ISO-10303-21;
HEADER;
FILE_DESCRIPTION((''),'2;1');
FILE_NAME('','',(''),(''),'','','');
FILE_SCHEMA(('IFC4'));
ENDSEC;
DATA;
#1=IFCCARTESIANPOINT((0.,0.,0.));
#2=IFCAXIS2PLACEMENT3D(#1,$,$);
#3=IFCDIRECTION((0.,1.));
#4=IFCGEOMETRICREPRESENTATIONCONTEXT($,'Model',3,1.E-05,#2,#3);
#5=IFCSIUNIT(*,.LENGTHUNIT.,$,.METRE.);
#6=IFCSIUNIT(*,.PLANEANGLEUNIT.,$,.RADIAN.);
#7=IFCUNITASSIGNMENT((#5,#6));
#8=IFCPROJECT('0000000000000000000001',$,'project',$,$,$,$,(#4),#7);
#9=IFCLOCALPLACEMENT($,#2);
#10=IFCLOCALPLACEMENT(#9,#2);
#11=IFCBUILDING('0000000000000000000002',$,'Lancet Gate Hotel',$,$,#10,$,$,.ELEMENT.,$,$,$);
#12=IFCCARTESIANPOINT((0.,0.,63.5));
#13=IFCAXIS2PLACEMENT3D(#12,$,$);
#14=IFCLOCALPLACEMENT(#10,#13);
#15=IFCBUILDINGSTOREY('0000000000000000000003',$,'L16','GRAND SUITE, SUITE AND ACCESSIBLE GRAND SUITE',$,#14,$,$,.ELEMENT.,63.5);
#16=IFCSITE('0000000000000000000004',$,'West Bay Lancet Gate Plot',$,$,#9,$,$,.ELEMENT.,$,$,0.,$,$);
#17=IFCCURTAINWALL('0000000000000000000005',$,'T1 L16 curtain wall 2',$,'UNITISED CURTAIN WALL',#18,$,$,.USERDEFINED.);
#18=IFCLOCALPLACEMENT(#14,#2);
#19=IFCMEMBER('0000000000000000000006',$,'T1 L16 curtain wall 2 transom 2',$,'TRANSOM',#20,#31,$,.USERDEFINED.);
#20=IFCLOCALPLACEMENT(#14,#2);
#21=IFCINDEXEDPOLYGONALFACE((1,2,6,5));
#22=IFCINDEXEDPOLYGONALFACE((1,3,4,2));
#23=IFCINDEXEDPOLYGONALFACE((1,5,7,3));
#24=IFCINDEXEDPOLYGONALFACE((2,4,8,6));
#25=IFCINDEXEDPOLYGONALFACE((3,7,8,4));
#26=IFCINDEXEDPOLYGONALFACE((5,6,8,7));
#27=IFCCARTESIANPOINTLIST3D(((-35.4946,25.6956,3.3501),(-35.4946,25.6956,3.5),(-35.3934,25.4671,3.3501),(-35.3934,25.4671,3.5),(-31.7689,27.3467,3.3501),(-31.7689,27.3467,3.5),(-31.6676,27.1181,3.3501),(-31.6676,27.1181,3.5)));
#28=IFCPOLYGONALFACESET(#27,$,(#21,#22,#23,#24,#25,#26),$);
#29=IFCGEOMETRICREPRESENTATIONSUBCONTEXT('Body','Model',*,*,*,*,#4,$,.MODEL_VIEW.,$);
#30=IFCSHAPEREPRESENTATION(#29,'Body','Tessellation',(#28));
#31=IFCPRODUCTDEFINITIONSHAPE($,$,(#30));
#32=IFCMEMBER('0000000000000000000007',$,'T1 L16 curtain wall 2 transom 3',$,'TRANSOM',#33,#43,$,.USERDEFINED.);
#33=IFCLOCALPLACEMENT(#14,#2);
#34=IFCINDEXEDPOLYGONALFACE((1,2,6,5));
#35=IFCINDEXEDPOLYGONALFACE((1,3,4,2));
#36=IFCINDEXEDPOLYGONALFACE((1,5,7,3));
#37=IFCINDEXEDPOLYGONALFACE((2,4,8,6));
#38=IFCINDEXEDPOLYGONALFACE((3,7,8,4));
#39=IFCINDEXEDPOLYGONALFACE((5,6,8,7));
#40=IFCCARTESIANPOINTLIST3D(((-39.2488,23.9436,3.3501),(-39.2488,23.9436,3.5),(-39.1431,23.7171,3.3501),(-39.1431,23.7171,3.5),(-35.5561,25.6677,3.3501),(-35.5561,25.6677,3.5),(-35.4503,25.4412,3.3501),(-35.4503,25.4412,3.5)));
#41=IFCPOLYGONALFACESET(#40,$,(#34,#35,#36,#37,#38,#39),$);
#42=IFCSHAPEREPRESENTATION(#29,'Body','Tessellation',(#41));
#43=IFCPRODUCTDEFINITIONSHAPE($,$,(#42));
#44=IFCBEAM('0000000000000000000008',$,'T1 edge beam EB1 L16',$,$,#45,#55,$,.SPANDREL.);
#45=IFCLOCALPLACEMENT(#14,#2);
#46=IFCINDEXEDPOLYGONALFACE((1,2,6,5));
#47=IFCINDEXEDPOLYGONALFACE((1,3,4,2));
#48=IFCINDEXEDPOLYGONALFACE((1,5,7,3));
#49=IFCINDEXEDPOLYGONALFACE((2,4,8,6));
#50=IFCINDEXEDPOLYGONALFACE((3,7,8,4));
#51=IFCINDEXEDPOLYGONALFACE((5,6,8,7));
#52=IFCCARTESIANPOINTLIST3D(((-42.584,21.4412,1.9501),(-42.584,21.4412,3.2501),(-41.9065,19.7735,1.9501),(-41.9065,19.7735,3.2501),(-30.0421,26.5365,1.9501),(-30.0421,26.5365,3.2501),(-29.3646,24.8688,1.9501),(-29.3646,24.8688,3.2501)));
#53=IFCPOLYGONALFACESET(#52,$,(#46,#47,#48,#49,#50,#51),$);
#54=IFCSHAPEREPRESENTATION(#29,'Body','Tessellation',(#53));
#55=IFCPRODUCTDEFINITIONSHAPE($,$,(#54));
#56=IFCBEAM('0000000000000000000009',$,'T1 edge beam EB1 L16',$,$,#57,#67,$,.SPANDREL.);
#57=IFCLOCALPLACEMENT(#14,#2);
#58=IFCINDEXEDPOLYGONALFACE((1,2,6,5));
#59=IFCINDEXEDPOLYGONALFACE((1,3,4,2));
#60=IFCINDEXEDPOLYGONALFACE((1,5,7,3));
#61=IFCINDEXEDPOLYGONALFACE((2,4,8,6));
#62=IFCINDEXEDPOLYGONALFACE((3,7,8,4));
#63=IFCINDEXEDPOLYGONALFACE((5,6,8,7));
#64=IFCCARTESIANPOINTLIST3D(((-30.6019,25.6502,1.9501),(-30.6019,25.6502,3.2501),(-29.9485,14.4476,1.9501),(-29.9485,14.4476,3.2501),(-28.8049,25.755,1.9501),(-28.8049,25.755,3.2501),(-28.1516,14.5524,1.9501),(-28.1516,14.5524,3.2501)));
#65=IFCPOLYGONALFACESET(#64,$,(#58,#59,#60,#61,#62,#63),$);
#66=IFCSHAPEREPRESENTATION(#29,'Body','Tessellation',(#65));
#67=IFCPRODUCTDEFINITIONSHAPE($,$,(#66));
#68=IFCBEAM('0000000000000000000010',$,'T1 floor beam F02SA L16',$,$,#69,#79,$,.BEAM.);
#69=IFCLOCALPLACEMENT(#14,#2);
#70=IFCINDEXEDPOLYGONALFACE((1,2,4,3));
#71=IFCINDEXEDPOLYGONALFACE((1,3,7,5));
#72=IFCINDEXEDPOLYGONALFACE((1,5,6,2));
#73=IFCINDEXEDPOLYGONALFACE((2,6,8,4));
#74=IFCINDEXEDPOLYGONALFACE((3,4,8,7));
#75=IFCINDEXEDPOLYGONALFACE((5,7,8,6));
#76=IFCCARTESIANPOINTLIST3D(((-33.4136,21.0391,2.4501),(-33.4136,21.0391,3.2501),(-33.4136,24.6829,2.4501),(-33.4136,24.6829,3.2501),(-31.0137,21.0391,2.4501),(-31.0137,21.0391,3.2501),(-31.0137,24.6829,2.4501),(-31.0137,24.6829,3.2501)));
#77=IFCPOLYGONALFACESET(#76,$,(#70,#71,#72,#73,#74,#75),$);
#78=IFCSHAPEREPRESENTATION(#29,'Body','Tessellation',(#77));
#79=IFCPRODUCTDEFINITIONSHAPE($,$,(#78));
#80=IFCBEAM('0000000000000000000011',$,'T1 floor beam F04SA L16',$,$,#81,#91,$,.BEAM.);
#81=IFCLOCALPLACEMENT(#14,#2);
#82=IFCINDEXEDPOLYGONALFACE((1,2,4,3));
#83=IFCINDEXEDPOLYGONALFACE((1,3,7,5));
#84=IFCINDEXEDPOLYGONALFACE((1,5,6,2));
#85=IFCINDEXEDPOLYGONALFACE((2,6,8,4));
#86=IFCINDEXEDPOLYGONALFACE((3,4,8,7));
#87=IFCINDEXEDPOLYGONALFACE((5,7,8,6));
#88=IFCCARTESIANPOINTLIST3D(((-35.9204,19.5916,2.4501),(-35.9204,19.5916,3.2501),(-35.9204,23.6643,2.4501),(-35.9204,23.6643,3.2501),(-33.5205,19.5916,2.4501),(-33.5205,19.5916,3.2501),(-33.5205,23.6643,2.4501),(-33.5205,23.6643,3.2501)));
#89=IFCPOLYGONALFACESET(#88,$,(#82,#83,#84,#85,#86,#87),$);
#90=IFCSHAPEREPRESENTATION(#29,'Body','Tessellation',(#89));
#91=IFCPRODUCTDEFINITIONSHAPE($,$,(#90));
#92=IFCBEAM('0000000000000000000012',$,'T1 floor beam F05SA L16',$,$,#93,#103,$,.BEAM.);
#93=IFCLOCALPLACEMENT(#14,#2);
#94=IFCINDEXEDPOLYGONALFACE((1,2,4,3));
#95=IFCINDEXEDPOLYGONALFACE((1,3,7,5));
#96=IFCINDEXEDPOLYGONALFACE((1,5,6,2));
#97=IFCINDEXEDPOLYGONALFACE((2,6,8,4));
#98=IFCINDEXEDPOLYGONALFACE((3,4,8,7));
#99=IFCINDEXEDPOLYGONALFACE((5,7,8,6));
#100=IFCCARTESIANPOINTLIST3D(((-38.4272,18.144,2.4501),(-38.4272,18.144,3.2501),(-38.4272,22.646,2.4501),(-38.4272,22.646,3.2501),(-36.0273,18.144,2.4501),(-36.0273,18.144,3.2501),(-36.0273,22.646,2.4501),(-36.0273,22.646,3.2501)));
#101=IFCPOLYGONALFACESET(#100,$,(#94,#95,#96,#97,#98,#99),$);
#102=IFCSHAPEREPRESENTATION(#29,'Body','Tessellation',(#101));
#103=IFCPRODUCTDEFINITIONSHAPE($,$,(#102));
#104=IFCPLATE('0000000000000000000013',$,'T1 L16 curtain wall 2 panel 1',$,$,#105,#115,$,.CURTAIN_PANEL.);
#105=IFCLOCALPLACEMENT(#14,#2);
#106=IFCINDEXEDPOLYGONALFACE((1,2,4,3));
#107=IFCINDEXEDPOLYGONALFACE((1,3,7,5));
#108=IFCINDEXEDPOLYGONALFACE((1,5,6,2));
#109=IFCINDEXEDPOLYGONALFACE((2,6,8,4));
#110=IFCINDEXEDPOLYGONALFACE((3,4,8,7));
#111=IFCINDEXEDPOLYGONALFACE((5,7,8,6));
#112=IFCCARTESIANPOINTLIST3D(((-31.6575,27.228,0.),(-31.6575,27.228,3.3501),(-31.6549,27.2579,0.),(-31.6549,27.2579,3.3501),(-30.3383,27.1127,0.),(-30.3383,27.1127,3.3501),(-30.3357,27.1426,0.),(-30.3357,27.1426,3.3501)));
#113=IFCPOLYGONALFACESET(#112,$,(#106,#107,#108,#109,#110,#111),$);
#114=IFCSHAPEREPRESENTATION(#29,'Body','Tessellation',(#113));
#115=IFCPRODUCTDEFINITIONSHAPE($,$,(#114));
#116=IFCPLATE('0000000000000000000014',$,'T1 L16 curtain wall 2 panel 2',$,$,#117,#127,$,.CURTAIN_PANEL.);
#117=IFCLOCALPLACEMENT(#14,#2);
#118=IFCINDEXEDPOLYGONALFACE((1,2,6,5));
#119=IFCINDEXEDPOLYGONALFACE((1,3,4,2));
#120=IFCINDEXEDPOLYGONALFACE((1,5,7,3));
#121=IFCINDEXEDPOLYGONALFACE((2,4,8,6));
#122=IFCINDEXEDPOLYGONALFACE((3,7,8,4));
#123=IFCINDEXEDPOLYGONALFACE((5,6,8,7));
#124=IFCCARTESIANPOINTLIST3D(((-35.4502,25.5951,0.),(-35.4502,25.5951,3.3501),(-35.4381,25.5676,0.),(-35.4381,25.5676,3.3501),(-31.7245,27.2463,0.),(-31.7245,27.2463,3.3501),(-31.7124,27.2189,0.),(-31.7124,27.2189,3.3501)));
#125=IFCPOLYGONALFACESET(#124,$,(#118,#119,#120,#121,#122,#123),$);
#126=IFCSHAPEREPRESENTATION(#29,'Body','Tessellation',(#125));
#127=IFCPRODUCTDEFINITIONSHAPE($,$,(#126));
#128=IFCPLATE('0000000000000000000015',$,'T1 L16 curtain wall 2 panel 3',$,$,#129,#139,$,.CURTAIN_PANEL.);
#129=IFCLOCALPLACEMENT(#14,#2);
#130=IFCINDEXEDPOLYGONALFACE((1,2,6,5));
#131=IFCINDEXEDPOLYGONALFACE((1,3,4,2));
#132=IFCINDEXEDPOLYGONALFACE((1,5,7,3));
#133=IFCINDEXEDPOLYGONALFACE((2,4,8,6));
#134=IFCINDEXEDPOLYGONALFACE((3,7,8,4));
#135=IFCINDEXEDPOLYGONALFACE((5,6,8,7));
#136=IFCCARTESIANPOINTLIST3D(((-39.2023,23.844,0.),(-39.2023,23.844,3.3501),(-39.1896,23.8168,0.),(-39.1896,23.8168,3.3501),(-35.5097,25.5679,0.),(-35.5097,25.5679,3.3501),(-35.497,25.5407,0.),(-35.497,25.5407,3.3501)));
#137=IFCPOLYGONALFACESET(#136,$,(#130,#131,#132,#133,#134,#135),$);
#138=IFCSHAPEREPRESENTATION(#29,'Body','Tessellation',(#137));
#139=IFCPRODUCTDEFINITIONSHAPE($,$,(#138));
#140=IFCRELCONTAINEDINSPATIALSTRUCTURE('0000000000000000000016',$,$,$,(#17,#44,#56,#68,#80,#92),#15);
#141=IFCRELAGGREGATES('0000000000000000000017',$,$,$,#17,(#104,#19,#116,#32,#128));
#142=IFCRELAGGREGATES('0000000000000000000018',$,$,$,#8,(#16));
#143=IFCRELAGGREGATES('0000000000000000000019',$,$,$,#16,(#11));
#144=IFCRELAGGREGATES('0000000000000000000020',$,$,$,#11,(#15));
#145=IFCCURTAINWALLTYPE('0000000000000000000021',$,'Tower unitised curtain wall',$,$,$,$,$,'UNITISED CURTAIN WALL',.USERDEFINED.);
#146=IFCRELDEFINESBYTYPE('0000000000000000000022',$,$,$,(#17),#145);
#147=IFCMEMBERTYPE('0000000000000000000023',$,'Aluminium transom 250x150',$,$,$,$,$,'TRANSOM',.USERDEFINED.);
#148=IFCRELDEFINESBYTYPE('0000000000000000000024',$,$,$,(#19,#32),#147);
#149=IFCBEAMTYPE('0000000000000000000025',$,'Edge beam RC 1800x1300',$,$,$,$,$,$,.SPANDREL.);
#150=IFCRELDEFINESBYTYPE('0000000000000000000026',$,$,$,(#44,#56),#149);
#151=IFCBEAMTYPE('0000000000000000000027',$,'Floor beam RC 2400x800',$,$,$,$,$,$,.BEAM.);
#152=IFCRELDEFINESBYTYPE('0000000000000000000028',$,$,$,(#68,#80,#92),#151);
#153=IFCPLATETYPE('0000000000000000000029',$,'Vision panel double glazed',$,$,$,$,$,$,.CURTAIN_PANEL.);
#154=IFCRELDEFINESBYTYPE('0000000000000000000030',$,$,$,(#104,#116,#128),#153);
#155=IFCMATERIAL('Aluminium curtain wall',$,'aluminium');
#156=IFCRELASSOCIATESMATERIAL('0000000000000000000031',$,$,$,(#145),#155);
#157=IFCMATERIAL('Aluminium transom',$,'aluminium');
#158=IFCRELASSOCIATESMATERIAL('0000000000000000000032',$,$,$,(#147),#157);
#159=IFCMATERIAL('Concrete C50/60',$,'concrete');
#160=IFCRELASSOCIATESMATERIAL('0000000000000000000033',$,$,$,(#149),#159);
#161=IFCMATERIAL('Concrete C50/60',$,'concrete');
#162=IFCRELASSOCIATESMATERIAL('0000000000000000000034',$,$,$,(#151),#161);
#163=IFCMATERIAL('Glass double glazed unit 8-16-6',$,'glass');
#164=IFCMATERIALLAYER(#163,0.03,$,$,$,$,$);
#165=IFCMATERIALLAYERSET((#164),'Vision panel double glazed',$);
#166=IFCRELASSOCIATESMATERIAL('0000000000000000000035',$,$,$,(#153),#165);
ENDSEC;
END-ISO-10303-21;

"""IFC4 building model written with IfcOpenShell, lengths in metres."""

from ifc_helpers import new_model, si_unit, direction, frame, origin, origin_2d, place, context, subcontext, project, spatial, rectangle, extrude, material, layer, layer_set, material_profile, profile_set, type_object, element, aggregate, save


model = new_model("IFC4")

# Units and contexts
model_context = context("Model", 3, precision=1e-05, world=origin(), true_north=direction((0.0, 1.0)))
body_context = subcontext(model_context, "Body", "Model", "MODEL_VIEW")
ifc_project = project(units=[si_unit("LENGTHUNIT", "METRE"), si_unit("PLANEANGLEUNIT", "RADIAN")], contexts=[model_context])

# Site, building, storey
site_placement = place(None, origin())
site = spatial("IfcSite", under=ifc_project, at=site_placement, Name="West Bay Lancet Gate Plot", CompositionType="ELEMENT", RefElevation=0.0)
building_placement = place(site_placement, origin())
building = spatial("IfcBuilding", under=site, at=building_placement, Name="Lancet Gate Hotel", CompositionType="ELEMENT")
storey_placement = place(building_placement, frame((0.0, 0.0, 63.5)))
storey = spatial("IfcBuildingStorey", under=building, at=storey_placement, Name="L16", Description="GRAND SUITE, SUITE AND ACCESSIBLE GRAND SUITE", CompositionType="ELEMENT", Elevation=63.5)

# Curtain wall, members
ifc_material_1 = material(Name="Aluminium curtain wall", Category="aluminium")
curtain_wall_type = type_object("IfcCurtainWallType", Name="Tower unitised curtain wall", ElementType="UNITISED CURTAIN WALL", PredefinedType="USERDEFINED", material=ifc_material_1)
curtain_wall_placement = place(storey_placement, origin())
curtain_wall = element("IfcCurtainWall", 1, at=curtain_wall_placement, inside=storey, type_object=curtain_wall_type, Name="T1 L16 curtain wall 2", ObjectType="UNITISED CURTAIN WALL", PredefinedType="USERDEFINED")
ifc_material_2 = material(Name="Aluminium transom", Category="aluminium")
ifc_material_profile_1 = material_profile(ifc_material_2, rectangle(XDim=0.25, YDim=0.1499, at=origin_2d()), Name="TRANSOM 250x150")
ifc_profile_set_1 = profile_set([ifc_material_profile_1], Name="Aluminium transom")
member_type_1 = type_object("IfcMemberType", Name="Aluminium transom 250x150", ElementType="TRANSOM", PredefinedType="USERDEFINED", material=ifc_profile_set_1)
member_1_placement = place(storey_placement, frame((-31.7183, 27.2324, 3.425), z_axis=(-0.914248, -0.405154, 0.0), x_axis=(0.405154, -0.914248, 0.0)))
member_1 = element("IfcMember", 2, at=member_1_placement, type_object=member_type_1, Name="T1 L16 curtain wall 2 transom 2", ObjectType="TRANSOM", PredefinedType="USERDEFINED", context=body_context, shape_type="SweptSolid", body=[
    extrude(rectangle(XDim=0.25, YDim=0.1499, at=origin_2d()), origin(), (0.0, 0.0, 1.0), 4.0752),
])
member_2_placement = place(storey_placement, frame((-35.5032, 25.5544, 3.425), z_axis=(-0.90611, -0.423043, 0.0), x_axis=(0.423043, -0.90611, 0.0)))
member_2 = element("IfcMember", 3, at=member_2_placement, type_object=member_type_1, Name="T1 L16 curtain wall 2 transom 3", ObjectType="TRANSOM", PredefinedType="USERDEFINED", context=body_context, shape_type="SweptSolid", body=[
    extrude(rectangle(XDim=0.25, YDim=0.1499, at=origin_2d()), origin(), (0.0, 0.0, 1.0), 4.0754),
])

# Beams
ifc_material_3 = material(Name="Concrete C50/60", Category="concrete")
ifc_material_profile_2 = material_profile(ifc_material_3, rectangle(XDim=1.8, YDim=1.3, at=origin_2d()), Name="RC 1800x1300")
ifc_profile_set_2 = profile_set([ifc_material_profile_2], Name="Concrete C50/60")
beam_type_1 = type_object("IfcBeamType", Name="Edge beam RC 1800x1300", PredefinedType="SPANDREL", material=ifc_profile_set_2)
beam_1_placement = place(storey_placement, frame((-29.7034, 25.7026, 2.6001), z_axis=(-0.926463, -0.376385, 0.0), x_axis=(0.376385, -0.926463, 0.0)))
element("IfcBeam", 4, at=beam_1_placement, inside=storey, type_object=beam_type_1, Name="T1 edge beam EB1 L16", PredefinedType="SPANDREL", context=body_context, shape_type="SweptSolid", body=[
    extrude(rectangle(XDim=1.8, YDim=1.3, at=origin_2d()), origin(), (0.0, 0.0, 1.0), 13.5374),
])
beam_2_placement = place(storey_placement, frame((-29.7034, 25.7026, 2.6001), z_axis=(0.05822, -0.998304, 0.0), x_axis=(0.998304, 0.05822, 0.0)))
element("IfcBeam", 5, at=beam_2_placement, inside=storey, type_object=beam_type_1, Name="T1 edge beam EB1 L16", PredefinedType="SPANDREL", context=body_context, shape_type="SweptSolid", body=[
    extrude(rectangle(XDim=1.8, YDim=1.3, at=origin_2d()), origin(), (0.0, 0.0, 1.0), 11.2217),
])
ifc_material_4 = material(Name="Concrete C50/60", Category="concrete")
ifc_material_profile_3 = material_profile(ifc_material_4, rectangle(XDim=2.3999, YDim=0.8, at=origin_2d()), Name="RC 2400x800")
ifc_profile_set_3 = profile_set([ifc_material_profile_3], Name="Concrete C50/60")
beam_type_2 = type_object("IfcBeamType", Name="Floor beam RC 2400x800", PredefinedType="BEAM", material=ifc_profile_set_3)
beam_3_placement = place(storey_placement, frame((-32.2136, 24.6829, 2.8501), z_axis=(0.0, -1.0, 0.0), x_axis=(1.0, 0.0, 0.0)))
element("IfcBeam", 6, at=beam_3_placement, inside=storey, type_object=beam_type_2, Name="T1 floor beam F02SA L16", PredefinedType="BEAM", context=body_context, shape_type="SweptSolid", body=[
    extrude(rectangle(XDim=2.3999, YDim=0.8, at=origin_2d()), origin(), (0.0, 0.0, 1.0), 3.6438),
])
beam_4_placement = place(storey_placement, frame((-34.7205, 23.6643, 2.8501), z_axis=(0.0, -1.0, 0.0), x_axis=(1.0, 0.0, 0.0)))
element("IfcBeam", 7, at=beam_4_placement, inside=storey, type_object=beam_type_2, Name="T1 floor beam F04SA L16", PredefinedType="BEAM", context=body_context, shape_type="SweptSolid", body=[
    extrude(rectangle(XDim=2.3999, YDim=0.8, at=origin_2d()), origin(), (0.0, 0.0, 1.0), 4.0728),
])
beam_5_placement = place(storey_placement, frame((-37.2273, 22.646, 2.8501), z_axis=(0.0, -1.0, 0.0), x_axis=(1.0, 0.0, 0.0)))
element("IfcBeam", 8, at=beam_5_placement, inside=storey, type_object=beam_type_2, Name="T1 floor beam F05SA L16", PredefinedType="BEAM", context=body_context, shape_type="SweptSolid", body=[
    extrude(rectangle(XDim=2.3999, YDim=0.8, at=origin_2d()), origin(), (0.0, 0.0, 1.0), 4.502),
])

# Plates
ifc_material_5 = material(Name="Glass double glazed unit 8-16-6", Category="glass")
ifc_layer_1 = layer(ifc_material_5, 0.03)
ifc_layer_set_1 = layer_set([ifc_layer_1], Name="Vision panel double glazed")
plate_type = type_object("IfcPlateType", Name="Vision panel double glazed", PredefinedType="CURTAIN_PANEL", material=ifc_layer_set_1)
plate_1_placement = place(storey_placement, frame((-30.9966, 27.1853, 0.0), z_axis=(0.0, 0.0, 1.0), x_axis=(-0.996204, 0.087052, 0.0)))
plate_1 = element("IfcPlate", 9, at=plate_1_placement, type_object=plate_type, Name="T1 L16 curtain wall 2 panel 1", PredefinedType="CURTAIN_PANEL", context=body_context, shape_type="SweptSolid", body=[
    extrude(rectangle(XDim=1.3242, YDim=0.03, at=origin_2d()), origin(), (0.0, 0.0, 1.0), 3.3501),
])
plate_2_placement = place(storey_placement, frame((-33.5813, 26.407, 0.0), z_axis=(0.0, 0.0, 1.0), x_axis=(-0.914234, -0.405186, 0.0)))
plate_2 = element("IfcPlate", 10, at=plate_2_placement, type_object=plate_type, Name="T1 L16 curtain wall 2 panel 2", PredefinedType="CURTAIN_PANEL", context=body_context, shape_type="SweptSolid", body=[
    extrude(rectangle(XDim=4.0752, YDim=0.03, at=origin_2d()), origin(), (0.0, 0.0, 1.0), 3.3501),
])
plate_3_placement = place(storey_placement, frame((-37.3496, 24.6924, 0.0), z_axis=(0.0, 0.0, 1.0), x_axis=(-0.906118, -0.423026, 0.0)))
plate_3 = element("IfcPlate", 11, at=plate_3_placement, type_object=plate_type, Name="T1 L16 curtain wall 2 panel 3", PredefinedType="CURTAIN_PANEL", context=body_context, shape_type="SweptSolid", body=[
    extrude(rectangle(XDim=4.0752, YDim=0.03, at=origin_2d()), origin(), (0.0, 0.0, 1.0), 3.3501),
])
aggregate(curtain_wall, [plate_1, member_1, plate_2, member_2, plate_3])

save(model, "model.ifc")
